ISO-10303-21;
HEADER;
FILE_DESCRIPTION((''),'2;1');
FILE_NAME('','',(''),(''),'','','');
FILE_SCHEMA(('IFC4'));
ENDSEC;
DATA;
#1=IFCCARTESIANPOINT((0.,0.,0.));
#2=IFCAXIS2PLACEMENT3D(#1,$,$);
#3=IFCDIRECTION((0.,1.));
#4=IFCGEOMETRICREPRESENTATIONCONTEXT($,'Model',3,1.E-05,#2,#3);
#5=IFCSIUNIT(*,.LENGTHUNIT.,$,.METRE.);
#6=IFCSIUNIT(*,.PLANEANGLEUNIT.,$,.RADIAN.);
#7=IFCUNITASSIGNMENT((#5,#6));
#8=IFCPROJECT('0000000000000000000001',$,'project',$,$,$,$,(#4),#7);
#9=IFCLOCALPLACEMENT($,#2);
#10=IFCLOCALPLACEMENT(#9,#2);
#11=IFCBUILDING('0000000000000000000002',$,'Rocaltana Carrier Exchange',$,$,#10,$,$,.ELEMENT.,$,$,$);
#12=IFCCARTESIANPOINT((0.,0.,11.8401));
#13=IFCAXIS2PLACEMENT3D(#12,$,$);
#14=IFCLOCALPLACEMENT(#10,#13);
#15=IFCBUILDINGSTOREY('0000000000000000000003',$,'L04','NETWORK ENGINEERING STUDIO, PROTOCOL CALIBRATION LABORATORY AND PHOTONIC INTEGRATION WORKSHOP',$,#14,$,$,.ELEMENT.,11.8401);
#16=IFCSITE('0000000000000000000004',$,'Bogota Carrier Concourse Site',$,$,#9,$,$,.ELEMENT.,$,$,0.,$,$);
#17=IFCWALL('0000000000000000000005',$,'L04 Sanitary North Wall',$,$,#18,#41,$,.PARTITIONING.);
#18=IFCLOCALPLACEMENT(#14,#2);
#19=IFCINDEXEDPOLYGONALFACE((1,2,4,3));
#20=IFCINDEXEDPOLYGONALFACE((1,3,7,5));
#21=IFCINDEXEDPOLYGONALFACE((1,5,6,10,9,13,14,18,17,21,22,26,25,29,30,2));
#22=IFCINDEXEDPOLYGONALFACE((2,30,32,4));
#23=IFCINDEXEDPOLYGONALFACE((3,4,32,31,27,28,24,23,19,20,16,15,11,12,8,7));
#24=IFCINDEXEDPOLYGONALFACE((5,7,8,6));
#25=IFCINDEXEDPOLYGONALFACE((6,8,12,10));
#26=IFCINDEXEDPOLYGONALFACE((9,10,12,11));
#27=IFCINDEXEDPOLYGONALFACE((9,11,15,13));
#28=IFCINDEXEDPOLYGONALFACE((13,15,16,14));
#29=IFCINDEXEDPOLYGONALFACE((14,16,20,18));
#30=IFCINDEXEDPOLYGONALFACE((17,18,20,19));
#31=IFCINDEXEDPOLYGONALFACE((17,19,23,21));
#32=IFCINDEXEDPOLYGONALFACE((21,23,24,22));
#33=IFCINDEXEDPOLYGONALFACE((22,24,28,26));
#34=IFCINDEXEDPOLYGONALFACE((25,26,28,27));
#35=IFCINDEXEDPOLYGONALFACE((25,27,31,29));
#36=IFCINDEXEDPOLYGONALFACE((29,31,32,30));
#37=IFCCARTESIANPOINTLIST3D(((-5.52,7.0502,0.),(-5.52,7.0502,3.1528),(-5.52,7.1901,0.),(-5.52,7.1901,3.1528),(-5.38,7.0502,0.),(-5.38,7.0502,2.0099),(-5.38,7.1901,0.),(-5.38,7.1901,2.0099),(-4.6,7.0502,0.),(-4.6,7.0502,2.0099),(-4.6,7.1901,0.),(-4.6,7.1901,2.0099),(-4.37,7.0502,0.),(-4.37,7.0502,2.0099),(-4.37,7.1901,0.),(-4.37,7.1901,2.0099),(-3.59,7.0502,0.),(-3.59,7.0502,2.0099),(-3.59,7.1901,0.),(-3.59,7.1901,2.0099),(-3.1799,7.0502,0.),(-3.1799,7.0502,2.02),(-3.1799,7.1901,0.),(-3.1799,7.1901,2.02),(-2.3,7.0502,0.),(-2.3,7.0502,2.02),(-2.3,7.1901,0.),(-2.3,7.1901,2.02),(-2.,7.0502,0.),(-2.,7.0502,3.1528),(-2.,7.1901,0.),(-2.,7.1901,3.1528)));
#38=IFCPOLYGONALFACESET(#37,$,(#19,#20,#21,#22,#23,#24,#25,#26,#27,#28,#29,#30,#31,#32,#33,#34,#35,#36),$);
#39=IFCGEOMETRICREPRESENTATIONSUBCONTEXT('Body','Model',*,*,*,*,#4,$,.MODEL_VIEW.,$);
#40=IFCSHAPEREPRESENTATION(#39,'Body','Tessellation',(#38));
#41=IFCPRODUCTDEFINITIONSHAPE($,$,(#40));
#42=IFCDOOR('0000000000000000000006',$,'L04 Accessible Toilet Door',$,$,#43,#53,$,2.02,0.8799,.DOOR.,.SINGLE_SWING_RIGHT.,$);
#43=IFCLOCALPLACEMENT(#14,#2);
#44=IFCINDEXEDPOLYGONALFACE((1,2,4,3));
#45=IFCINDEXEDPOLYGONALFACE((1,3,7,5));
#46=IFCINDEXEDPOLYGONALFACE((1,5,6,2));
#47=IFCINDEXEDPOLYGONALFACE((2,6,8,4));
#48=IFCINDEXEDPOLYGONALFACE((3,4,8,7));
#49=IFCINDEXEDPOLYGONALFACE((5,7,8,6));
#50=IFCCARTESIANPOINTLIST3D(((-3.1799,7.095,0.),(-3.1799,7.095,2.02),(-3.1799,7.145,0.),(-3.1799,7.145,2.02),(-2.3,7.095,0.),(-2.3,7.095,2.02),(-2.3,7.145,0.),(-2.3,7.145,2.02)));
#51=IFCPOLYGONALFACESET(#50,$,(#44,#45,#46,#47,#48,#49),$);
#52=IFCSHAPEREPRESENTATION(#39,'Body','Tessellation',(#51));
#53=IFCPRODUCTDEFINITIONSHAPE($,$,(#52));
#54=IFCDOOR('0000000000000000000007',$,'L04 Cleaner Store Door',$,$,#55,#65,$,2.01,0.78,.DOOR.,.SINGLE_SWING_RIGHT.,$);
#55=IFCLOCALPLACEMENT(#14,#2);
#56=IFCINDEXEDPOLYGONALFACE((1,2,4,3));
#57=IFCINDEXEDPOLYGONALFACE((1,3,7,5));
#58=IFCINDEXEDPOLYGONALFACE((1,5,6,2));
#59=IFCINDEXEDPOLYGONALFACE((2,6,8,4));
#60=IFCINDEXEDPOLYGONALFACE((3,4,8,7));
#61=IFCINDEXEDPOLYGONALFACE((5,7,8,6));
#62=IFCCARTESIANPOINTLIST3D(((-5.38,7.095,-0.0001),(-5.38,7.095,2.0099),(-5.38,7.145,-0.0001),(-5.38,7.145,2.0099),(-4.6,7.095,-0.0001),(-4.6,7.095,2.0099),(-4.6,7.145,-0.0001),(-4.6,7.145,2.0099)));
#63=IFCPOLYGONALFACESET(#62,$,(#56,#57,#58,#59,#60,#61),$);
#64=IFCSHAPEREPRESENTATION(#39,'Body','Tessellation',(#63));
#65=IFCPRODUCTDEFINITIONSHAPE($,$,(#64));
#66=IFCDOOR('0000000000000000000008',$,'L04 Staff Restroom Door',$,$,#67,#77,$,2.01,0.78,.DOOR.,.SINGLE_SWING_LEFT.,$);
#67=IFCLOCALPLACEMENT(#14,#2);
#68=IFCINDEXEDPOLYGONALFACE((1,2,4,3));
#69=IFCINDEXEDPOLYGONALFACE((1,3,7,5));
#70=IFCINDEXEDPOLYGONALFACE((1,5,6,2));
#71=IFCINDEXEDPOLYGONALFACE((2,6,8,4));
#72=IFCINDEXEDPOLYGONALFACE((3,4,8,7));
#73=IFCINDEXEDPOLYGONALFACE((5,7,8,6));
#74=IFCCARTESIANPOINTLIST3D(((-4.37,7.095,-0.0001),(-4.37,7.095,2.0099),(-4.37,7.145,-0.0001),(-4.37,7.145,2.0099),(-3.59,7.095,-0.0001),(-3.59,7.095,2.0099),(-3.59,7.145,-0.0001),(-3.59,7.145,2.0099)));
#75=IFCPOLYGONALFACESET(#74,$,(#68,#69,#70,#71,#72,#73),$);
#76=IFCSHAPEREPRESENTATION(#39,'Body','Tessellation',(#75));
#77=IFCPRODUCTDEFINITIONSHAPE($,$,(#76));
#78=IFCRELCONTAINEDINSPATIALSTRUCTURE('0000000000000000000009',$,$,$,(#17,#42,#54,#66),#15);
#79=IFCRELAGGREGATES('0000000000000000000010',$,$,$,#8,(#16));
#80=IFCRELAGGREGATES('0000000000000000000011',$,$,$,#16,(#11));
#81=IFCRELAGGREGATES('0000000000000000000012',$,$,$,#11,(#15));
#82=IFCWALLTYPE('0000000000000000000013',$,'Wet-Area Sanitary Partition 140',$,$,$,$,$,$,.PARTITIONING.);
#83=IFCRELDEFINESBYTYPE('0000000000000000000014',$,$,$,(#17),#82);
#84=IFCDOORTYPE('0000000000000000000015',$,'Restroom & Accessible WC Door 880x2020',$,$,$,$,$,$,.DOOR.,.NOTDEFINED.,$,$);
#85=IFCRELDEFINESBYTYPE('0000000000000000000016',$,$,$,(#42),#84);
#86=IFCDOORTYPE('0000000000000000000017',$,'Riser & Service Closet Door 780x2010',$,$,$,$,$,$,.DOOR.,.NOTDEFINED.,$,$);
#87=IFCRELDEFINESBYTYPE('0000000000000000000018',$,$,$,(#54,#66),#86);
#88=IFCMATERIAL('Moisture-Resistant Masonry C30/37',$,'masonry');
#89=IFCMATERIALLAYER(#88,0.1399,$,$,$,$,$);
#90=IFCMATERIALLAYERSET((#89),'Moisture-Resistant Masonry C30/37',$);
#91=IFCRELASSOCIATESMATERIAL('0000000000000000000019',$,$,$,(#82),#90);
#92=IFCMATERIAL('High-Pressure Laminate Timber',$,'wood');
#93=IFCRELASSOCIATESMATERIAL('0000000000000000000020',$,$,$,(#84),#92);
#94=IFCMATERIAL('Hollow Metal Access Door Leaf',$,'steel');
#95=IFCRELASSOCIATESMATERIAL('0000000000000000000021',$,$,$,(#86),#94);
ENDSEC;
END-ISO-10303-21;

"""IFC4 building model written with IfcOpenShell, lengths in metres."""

from ifc_helpers import new_model, si_unit, direction, frame, frame_2d, origin, place, context, subcontext, project, spatial, rectangle, extrude, material, layer, layer_set, type_object, element, fill, save


model = new_model("IFC4")

# Units and contexts
model_context = context("Model", 3, precision=1e-05, world=origin(), true_north=direction((0.0, 1.0)))
body_context = subcontext(model_context, "Body", "Model", "MODEL_VIEW")
ifc_project = project(units=[si_unit("LENGTHUNIT", "METRE"), si_unit("PLANEANGLEUNIT", "RADIAN")], contexts=[model_context])

# Site, building, storey
site_placement = place(None, origin())
site = spatial("IfcSite", under=ifc_project, at=site_placement, Name="Bogota Carrier Concourse Site", CompositionType="ELEMENT", RefElevation=0.0)
building_placement = place(site_placement, origin())
building = spatial("IfcBuilding", under=site, at=building_placement, Name="Rocaltana Carrier Exchange", CompositionType="ELEMENT")
storey_placement = place(building_placement, frame((0.0, 0.0, 11.8401)))
storey = spatial("IfcBuildingStorey", under=building, at=storey_placement, Name="L04", Description="NETWORK ENGINEERING STUDIO, PROTOCOL CALIBRATION LABORATORY AND PHOTONIC INTEGRATION WORKSHOP", CompositionType="ELEMENT", Elevation=11.8401)

# Shared definitions
ifc_material_1 = material(Name="Moisture-Resistant Masonry C30/37", Category="masonry")
ifc_layer_1 = layer(ifc_material_1, 0.1399)
ifc_layer_set_1 = layer_set([ifc_layer_1], Name="Moisture-Resistant Masonry C30/37")
wall_type_1 = type_object("IfcWallType", Name="Wet-Area Sanitary Partition 140", PredefinedType="PARTITIONING", material=ifc_layer_set_1)

# Wall, openings, doors
wall_1_placement = place(storey_placement, frame((-5.52, 7.1201, 0.0), z_axis=(0.0, 0.0, 1.0), x_axis=(1.0, 0.0, 0.0)))
wall_1 = element("IfcWall", 1, at=wall_1_placement, inside=storey, type_object=wall_type_1, Name="L04 Sanitary North Wall", PredefinedType="PARTITIONING", context=body_context, shape_type="SweptSolid", body=[
    extrude(rectangle(XDim=3.52, YDim=0.1399, at=frame_2d((1.76, 0.0))), origin(), (0.0, 0.0, 1.0), 3.1528),
])
opening_1_placement = place(wall_1_placement, frame((0.1399, 0.0, 0.0)))
opening_1 = element("IfcOpeningElement", 2, at=opening_1_placement, cuts=wall_1, PredefinedType="OPENING", context=body_context, shape_type="SweptSolid", body=[
    extrude(rectangle(XDim=0.78, YDim=2.01, at=frame_2d((0.3901, 1.0049))), frame((0.0, 0.0798, 0.0), z_axis=(0.0, -1.0, 0.0), x_axis=(1.0, 0.0, 0.0)), (0.0, 0.0, 1.0), 0.1599),
])
opening_2_placement = place(wall_1_placement, frame((1.1499, 0.0, 0.0)))
opening_2 = element("IfcOpeningElement", 3, at=opening_2_placement, cuts=wall_1, PredefinedType="OPENING", context=body_context, shape_type="SweptSolid", body=[
    extrude(rectangle(XDim=0.78, YDim=2.01, at=frame_2d((0.3901, 1.0049))), frame((0.0, 0.0798, 0.0), z_axis=(0.0, -1.0, 0.0), x_axis=(1.0, 0.0, 0.0)), (0.0, 0.0, 1.0), 0.1599),
])
opening_3_placement = place(wall_1_placement, frame((2.3401, 0.0, 0.0)))
opening_3 = element("IfcOpeningElement", 4, at=opening_3_placement, cuts=wall_1, PredefinedType="OPENING", context=body_context, shape_type="SweptSolid", body=[
    extrude(rectangle(XDim=0.8799, YDim=2.02, at=frame_2d((0.4399, 1.01))), frame((0.0, 0.0798, 0.0), z_axis=(0.0, -1.0, 0.0), x_axis=(1.0, 0.0, 0.0)), (0.0, 0.0, 1.0), 0.1599),
])
ifc_material_2 = material(Name="High-Pressure Laminate Timber", Category="wood")
door_type_1 = type_object("IfcDoorType", Name="Restroom & Accessible WC Door 880x2020", OperationType="NOTDEFINED", PredefinedType="DOOR", material=ifc_material_2)
door_1_placement = place(opening_3_placement, origin())
door_1 = element("IfcDoor", 5, at=door_1_placement, inside=storey, type_object=door_type_1, Name="L04 Accessible Toilet Door", OperationType="SINGLE_SWING_RIGHT", OverallHeight=2.02, OverallWidth=0.8799, PredefinedType="DOOR", context=body_context, shape_type="SweptSolid", body=[
    extrude(rectangle(XDim=0.8799, YDim=2.02, at=frame_2d((0.4399, 1.01))), frame((0.0, 0.0249, 0.0), z_axis=(0.0, -1.0, 0.0), x_axis=(1.0, 0.0, 0.0)), (0.0, 0.0, 1.0), 0.05),
])
fill(opening_3, door_1)
ifc_material_3 = material(Name="Hollow Metal Access Door Leaf", Category="steel")
door_type_2 = type_object("IfcDoorType", Name="Riser & Service Closet Door 780x2010", OperationType="NOTDEFINED", PredefinedType="DOOR", material=ifc_material_3)
door_2_placement = place(opening_1_placement, origin())
door_2 = element("IfcDoor", 6, at=door_2_placement, inside=storey, type_object=door_type_2, Name="L04 Cleaner Store Door", OperationType="SINGLE_SWING_RIGHT", OverallHeight=2.01, OverallWidth=0.78, PredefinedType="DOOR", context=body_context, shape_type="SweptSolid", body=[
    extrude(rectangle(XDim=0.78, YDim=2.01, at=frame_2d((0.3901, 1.0049))), frame((0.0, 0.0249, 0.0), z_axis=(0.0, -1.0, 0.0), x_axis=(1.0, 0.0, 0.0)), (0.0, 0.0, 1.0), 0.05),
])
fill(opening_1, door_2)
door_3_placement = place(opening_2_placement, origin())
door_3 = element("IfcDoor", 7, at=door_3_placement, inside=storey, type_object=door_type_2, Name="L04 Staff Restroom Door", OperationType="SINGLE_SWING_LEFT", OverallHeight=2.01, OverallWidth=0.78, PredefinedType="DOOR", context=body_context, shape_type="SweptSolid", body=[
    extrude(rectangle(XDim=0.78, YDim=2.01, at=frame_2d((0.3901, 1.0049))), frame((0.0, 0.0249, 0.0), z_axis=(0.0, -1.0, 0.0), x_axis=(1.0, 0.0, 0.0)), (0.0, 0.0, 1.0), 0.05),
])
fill(opening_2, door_3)

save(model, "model.ifc")
